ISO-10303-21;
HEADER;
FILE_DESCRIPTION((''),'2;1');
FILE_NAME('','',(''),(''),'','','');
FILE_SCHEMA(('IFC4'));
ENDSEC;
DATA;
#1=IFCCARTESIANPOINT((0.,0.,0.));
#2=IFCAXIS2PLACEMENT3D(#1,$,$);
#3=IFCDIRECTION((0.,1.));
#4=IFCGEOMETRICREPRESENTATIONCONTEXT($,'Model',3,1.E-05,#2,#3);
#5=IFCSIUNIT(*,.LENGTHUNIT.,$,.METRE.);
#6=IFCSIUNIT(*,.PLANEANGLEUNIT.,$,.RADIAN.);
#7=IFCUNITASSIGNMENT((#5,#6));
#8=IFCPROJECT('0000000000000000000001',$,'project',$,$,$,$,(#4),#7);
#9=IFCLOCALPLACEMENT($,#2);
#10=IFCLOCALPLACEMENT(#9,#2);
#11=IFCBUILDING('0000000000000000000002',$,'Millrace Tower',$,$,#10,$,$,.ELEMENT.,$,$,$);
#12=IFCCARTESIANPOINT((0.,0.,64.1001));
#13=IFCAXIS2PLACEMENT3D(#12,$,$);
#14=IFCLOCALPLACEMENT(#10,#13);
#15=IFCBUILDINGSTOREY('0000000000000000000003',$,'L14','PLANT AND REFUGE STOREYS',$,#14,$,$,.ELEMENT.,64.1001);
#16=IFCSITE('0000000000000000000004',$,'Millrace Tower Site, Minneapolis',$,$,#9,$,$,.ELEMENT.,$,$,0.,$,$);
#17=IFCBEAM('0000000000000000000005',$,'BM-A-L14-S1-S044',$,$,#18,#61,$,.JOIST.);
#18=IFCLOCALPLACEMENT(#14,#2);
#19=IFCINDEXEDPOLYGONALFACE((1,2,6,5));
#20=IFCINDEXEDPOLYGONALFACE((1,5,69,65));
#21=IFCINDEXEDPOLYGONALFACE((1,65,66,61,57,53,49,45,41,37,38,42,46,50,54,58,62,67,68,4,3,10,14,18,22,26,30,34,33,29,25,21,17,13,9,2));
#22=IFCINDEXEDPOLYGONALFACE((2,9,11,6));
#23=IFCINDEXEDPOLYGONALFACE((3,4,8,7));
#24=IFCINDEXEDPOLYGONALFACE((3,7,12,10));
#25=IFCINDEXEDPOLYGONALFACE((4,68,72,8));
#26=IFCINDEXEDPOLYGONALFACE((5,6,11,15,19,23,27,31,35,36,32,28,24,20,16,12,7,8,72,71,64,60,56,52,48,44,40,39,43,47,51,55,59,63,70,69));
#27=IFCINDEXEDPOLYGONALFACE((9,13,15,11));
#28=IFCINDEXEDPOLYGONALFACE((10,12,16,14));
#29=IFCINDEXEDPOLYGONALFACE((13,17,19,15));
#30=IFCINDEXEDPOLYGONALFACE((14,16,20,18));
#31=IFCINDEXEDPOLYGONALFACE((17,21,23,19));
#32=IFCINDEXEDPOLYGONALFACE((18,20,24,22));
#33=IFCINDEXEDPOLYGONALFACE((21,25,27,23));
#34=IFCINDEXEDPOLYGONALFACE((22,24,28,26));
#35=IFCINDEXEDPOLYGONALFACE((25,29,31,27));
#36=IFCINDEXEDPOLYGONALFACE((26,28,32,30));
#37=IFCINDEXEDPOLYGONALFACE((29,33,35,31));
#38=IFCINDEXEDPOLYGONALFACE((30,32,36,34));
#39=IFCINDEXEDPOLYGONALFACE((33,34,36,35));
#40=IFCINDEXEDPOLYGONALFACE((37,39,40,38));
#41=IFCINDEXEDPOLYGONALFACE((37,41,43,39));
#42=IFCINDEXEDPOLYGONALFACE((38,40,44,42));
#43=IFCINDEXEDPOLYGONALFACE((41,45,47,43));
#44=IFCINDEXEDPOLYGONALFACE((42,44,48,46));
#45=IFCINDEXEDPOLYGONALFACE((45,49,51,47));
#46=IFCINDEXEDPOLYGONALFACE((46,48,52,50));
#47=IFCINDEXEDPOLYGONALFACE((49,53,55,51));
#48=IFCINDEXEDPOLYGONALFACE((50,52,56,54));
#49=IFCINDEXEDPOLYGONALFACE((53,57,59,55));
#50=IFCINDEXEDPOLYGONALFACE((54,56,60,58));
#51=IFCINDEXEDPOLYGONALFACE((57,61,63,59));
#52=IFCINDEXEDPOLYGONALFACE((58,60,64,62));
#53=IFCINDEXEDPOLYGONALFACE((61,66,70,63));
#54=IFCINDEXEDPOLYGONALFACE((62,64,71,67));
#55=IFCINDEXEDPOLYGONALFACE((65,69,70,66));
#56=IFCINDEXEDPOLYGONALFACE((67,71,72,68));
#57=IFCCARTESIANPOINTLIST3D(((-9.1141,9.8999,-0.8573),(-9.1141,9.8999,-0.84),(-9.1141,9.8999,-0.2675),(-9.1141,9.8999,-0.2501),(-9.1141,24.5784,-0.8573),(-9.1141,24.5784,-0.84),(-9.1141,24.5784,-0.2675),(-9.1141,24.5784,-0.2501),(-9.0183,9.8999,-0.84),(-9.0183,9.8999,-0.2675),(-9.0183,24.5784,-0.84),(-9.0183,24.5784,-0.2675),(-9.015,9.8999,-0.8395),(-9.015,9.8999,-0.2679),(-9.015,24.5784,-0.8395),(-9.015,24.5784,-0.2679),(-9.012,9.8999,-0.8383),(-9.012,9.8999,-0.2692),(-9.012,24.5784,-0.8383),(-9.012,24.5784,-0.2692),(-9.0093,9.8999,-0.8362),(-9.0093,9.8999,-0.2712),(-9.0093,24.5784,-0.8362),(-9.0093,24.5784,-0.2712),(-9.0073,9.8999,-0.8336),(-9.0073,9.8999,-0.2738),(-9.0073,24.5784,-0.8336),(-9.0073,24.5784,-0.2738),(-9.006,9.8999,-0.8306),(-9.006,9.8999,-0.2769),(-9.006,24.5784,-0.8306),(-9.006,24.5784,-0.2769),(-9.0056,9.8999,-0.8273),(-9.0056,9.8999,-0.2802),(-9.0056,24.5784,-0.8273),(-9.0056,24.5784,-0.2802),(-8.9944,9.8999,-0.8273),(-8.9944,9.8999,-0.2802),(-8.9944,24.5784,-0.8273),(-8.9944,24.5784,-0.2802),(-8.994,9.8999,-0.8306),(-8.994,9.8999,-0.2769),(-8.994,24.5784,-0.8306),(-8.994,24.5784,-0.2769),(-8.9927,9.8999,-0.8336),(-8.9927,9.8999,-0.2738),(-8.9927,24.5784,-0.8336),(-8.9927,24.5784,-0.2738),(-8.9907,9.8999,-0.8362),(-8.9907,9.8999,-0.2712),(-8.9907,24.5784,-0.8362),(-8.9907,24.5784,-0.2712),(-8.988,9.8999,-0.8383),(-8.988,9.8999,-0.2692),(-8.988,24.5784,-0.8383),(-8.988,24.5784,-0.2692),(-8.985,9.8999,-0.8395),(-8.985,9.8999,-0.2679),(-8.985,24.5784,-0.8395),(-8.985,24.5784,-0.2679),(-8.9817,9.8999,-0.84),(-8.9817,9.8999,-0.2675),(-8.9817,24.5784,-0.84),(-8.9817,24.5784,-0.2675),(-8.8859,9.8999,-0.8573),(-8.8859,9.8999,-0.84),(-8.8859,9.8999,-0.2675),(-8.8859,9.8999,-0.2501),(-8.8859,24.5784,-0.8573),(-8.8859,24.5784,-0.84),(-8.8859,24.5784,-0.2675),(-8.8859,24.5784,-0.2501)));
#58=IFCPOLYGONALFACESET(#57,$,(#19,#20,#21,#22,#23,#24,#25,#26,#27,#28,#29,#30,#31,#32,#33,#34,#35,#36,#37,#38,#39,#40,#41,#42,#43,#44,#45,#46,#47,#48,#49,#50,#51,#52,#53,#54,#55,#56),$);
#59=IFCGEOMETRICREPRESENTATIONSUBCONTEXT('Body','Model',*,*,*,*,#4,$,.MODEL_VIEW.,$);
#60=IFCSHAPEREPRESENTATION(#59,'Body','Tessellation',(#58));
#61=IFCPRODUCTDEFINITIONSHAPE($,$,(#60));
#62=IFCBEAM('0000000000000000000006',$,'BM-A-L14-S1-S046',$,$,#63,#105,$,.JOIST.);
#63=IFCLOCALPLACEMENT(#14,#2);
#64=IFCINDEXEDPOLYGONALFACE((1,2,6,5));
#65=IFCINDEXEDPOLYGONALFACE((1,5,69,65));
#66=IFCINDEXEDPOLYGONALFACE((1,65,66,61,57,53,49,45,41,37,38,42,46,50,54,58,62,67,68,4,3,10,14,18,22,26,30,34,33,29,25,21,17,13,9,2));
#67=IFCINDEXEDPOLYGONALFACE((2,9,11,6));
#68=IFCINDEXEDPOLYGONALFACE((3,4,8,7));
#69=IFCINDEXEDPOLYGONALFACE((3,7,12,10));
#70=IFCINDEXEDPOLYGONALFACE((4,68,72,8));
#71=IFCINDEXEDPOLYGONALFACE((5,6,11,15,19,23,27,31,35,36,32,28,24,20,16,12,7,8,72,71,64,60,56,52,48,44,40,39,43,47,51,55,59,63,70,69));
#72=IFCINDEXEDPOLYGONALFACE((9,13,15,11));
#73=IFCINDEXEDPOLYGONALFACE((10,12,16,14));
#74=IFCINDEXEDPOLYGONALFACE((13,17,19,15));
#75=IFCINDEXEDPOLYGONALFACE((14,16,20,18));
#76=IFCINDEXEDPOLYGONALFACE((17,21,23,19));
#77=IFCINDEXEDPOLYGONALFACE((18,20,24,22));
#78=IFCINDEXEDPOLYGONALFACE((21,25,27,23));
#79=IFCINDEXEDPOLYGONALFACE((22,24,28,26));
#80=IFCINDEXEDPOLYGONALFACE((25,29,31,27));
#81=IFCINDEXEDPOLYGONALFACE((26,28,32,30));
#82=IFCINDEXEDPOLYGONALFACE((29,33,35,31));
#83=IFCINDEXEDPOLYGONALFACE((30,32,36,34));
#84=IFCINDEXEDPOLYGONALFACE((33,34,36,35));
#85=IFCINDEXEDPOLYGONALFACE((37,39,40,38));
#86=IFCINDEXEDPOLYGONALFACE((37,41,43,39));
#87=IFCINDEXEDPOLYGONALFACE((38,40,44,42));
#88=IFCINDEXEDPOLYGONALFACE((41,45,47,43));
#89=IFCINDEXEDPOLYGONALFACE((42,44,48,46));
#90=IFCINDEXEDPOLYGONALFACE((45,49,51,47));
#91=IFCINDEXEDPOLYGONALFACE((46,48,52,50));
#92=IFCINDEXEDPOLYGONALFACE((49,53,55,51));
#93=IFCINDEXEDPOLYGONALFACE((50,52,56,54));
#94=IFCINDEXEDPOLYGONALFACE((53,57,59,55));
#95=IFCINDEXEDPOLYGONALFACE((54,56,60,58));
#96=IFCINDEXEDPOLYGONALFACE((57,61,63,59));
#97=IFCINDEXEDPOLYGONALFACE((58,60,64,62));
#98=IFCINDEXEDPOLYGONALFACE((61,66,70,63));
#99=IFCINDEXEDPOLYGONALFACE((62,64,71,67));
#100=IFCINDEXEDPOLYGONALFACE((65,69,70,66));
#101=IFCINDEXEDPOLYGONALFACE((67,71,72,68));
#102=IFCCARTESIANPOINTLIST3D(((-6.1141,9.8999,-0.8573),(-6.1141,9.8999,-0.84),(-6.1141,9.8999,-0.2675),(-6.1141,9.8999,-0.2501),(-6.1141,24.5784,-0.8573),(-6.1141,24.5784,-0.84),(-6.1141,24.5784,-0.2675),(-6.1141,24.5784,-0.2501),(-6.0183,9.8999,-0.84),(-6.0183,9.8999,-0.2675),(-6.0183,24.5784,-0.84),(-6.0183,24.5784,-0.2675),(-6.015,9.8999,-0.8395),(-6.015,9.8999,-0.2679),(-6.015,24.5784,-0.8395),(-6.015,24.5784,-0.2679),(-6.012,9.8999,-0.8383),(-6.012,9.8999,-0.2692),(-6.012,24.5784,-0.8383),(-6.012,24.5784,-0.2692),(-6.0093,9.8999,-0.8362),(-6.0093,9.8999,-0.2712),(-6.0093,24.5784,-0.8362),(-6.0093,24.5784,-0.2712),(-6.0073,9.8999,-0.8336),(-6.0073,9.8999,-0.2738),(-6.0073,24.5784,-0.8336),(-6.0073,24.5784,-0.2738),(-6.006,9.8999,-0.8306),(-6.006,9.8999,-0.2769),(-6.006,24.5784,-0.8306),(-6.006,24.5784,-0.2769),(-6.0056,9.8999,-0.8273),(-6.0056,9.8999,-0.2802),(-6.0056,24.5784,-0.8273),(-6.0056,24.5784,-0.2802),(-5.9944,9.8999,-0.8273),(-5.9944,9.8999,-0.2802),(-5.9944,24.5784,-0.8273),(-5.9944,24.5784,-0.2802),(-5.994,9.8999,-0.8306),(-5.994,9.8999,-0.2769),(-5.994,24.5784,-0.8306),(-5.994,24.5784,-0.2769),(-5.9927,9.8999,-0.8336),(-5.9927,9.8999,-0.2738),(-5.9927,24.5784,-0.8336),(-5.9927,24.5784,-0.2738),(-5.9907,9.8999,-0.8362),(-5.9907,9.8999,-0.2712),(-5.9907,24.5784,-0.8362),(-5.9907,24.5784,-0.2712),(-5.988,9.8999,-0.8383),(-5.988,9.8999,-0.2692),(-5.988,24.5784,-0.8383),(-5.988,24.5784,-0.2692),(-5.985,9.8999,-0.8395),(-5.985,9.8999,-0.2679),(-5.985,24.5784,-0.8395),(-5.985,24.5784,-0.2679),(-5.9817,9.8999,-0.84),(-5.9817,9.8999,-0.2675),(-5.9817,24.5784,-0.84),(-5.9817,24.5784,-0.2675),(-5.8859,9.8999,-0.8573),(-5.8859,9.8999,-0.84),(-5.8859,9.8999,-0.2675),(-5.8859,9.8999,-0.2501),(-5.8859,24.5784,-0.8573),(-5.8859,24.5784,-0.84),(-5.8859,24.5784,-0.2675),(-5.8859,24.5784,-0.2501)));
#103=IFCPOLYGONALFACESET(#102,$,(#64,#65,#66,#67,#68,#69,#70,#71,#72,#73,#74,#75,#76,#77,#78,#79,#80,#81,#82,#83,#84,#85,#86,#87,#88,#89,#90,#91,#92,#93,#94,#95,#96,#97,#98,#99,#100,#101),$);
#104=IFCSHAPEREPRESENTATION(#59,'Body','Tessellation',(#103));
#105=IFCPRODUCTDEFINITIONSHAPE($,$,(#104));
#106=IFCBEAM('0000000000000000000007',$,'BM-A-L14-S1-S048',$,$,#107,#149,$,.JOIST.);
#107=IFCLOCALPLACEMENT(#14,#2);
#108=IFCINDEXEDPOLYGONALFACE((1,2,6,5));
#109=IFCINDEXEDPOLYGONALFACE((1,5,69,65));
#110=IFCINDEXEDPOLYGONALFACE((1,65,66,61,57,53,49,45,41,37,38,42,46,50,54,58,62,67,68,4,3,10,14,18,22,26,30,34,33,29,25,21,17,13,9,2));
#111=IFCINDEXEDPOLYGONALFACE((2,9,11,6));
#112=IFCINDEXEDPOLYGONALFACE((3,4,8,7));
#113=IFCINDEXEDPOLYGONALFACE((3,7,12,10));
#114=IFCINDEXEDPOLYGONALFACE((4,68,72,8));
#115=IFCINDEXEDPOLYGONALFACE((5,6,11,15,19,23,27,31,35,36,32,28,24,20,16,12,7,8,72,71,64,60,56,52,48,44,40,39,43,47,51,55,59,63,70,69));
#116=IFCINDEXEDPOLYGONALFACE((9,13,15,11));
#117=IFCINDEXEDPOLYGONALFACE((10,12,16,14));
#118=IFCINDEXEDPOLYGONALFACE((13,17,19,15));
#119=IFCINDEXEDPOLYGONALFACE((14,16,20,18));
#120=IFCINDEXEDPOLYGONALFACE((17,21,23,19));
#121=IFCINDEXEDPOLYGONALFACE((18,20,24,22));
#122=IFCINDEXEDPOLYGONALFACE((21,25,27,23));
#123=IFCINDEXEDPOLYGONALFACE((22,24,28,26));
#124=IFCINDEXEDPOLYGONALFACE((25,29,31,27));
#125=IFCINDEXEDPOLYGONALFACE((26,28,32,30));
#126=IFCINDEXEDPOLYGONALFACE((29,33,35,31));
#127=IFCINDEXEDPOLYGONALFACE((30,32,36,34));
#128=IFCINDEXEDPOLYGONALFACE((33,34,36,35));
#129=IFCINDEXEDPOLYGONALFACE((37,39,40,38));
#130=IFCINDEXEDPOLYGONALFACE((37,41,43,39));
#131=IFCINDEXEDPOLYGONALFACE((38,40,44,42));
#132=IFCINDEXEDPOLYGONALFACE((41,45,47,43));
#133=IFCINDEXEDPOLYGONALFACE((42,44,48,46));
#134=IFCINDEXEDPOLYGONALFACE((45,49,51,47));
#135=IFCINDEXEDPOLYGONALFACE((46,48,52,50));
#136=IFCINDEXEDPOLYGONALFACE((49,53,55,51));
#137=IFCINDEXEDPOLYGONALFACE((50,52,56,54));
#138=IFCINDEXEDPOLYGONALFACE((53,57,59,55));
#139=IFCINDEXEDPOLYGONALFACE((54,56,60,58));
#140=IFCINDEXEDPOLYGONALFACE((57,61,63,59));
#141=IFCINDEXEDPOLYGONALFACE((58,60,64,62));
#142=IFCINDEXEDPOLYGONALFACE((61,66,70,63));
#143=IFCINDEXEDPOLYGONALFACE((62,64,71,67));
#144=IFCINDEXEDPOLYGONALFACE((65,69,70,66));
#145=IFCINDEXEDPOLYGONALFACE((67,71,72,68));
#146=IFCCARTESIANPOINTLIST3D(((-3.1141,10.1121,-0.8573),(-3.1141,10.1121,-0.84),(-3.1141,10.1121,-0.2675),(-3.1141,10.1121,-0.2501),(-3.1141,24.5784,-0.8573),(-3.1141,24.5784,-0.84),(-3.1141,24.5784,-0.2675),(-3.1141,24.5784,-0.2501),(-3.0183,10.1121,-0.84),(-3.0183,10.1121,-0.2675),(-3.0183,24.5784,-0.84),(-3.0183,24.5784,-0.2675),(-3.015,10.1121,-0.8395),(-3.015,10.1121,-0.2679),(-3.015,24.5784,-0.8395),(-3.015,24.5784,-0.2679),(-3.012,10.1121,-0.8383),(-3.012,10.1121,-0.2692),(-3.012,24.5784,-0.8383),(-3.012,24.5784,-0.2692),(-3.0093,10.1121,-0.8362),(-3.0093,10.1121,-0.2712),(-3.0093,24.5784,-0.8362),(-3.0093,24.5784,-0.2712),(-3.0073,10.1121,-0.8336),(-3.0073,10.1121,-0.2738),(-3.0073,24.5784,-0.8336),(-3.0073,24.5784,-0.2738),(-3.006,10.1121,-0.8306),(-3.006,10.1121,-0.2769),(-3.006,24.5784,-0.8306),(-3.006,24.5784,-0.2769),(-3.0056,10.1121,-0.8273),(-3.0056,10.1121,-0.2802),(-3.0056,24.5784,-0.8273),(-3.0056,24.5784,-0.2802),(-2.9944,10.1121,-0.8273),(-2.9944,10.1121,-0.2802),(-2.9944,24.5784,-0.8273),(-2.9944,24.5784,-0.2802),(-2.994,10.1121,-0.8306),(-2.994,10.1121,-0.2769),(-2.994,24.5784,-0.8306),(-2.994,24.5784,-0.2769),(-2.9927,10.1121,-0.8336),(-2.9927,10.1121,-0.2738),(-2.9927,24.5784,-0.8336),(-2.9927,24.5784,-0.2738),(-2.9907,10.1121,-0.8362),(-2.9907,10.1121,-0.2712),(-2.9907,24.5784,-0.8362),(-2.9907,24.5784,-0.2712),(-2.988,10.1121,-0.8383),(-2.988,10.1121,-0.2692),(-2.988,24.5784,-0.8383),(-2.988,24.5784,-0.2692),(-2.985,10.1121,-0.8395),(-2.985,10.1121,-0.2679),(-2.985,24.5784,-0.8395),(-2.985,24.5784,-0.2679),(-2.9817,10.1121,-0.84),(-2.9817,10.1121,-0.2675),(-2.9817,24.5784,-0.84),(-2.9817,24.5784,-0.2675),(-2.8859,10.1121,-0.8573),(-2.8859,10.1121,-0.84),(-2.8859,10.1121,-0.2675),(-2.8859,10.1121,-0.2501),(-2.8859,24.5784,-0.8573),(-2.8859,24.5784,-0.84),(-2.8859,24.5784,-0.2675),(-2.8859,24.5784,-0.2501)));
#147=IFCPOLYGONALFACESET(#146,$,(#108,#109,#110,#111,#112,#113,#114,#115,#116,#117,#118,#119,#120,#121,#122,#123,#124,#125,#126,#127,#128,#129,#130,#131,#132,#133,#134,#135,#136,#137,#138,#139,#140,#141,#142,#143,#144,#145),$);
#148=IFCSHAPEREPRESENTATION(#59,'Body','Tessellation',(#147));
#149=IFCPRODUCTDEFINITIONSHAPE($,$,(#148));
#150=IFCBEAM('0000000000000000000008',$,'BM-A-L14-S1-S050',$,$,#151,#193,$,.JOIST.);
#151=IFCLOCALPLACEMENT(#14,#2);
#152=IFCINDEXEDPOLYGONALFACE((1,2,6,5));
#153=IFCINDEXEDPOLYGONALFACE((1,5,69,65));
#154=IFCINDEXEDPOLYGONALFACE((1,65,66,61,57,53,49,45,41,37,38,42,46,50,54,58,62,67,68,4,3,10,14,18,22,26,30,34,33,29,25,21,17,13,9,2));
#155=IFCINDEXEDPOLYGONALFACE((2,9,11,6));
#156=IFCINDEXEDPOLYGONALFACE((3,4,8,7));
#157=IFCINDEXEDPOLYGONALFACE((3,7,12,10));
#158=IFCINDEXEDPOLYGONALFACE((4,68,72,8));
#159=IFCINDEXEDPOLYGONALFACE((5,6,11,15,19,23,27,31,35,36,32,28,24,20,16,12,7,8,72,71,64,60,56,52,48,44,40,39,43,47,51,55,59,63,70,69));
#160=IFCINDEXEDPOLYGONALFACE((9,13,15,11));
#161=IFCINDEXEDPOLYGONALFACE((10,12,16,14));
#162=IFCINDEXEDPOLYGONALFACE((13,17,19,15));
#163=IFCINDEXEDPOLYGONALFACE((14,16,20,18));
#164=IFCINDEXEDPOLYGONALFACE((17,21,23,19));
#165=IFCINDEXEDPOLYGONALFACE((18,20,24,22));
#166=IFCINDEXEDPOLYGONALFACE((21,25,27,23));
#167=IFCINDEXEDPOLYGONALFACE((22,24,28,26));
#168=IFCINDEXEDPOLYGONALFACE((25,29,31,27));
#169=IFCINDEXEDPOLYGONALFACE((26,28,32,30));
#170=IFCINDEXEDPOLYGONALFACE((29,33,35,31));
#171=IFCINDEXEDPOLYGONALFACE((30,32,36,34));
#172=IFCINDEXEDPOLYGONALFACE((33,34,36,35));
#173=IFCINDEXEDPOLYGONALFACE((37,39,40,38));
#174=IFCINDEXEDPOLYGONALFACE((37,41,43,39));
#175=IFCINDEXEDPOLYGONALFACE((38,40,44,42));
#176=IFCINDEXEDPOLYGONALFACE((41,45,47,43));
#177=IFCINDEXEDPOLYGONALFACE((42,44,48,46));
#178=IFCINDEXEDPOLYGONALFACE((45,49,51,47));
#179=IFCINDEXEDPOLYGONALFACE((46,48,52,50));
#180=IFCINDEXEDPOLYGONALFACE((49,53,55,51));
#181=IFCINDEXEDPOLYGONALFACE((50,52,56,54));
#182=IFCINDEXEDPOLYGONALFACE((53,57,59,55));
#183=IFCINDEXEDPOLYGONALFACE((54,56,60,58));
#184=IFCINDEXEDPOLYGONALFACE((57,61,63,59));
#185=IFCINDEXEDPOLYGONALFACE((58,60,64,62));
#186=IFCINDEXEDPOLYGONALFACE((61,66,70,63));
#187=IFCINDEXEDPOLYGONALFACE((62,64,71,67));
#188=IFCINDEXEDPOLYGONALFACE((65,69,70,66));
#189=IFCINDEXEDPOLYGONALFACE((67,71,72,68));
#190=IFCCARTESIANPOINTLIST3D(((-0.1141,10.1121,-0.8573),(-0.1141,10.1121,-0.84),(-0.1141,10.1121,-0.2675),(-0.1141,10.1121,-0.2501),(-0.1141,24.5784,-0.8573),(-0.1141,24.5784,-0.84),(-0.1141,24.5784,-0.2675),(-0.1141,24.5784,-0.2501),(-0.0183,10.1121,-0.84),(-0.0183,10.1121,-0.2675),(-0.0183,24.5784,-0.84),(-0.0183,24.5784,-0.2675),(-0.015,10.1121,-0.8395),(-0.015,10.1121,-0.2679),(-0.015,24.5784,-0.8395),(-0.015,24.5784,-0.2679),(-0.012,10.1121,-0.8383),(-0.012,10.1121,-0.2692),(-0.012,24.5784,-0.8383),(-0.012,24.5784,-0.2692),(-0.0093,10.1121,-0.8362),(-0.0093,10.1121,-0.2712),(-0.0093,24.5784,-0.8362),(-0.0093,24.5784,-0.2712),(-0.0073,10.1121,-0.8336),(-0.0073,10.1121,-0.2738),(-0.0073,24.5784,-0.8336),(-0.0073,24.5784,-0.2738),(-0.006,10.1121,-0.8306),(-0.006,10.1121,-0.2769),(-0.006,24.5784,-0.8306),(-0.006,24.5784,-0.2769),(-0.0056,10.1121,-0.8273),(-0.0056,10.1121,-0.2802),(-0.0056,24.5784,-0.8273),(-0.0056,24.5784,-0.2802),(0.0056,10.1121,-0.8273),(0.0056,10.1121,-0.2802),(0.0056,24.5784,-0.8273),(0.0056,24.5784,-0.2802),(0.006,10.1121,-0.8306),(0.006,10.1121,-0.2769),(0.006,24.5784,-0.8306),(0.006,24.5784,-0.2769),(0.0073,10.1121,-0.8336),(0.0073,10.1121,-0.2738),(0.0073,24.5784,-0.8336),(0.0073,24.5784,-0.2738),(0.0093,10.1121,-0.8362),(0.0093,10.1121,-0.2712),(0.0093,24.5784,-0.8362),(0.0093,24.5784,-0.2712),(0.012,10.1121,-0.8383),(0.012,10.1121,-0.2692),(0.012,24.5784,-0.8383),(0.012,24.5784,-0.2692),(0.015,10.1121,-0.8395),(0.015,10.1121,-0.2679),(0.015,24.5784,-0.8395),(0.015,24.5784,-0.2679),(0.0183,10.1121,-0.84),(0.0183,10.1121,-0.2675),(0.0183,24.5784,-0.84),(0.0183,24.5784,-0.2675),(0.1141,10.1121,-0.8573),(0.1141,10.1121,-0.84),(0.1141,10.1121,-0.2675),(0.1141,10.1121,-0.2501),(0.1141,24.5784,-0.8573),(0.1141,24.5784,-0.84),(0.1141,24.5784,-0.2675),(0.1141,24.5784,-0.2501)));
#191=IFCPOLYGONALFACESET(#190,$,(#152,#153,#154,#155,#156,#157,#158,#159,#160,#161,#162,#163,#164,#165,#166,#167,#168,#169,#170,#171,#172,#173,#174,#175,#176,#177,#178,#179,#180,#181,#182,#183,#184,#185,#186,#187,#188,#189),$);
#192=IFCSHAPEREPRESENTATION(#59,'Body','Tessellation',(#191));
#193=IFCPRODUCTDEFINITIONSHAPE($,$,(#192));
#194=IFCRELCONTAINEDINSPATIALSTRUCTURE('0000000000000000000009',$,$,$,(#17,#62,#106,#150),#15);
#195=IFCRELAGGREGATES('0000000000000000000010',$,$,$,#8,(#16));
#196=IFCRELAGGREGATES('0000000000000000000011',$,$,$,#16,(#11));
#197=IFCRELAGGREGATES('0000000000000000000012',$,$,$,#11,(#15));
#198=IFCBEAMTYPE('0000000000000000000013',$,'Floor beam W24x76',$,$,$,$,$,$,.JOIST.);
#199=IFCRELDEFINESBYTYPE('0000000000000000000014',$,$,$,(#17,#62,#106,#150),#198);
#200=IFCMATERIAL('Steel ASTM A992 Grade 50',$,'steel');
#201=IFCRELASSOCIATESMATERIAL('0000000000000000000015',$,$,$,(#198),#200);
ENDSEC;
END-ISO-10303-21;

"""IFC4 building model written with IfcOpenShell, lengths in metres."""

from ifc_helpers import new_model, si_unit, direction, frame, origin, origin_2d, place, context, subcontext, project, spatial, i_section, extrude, material, material_profile, profile_set, type_object, element, save


model = new_model("IFC4")

# Units and contexts
model_context = context("Model", 3, precision=1e-05, world=origin(), true_north=direction((0.0, 1.0)))
body_context = subcontext(model_context, "Body", "Model", "MODEL_VIEW")
ifc_project = project(units=[si_unit("LENGTHUNIT", "METRE"), si_unit("PLANEANGLEUNIT", "RADIAN")], contexts=[model_context])

# Site, building, storey
site_placement = place(None, origin())
site = spatial("IfcSite", under=ifc_project, at=site_placement, Name="Millrace Tower Site, Minneapolis", CompositionType="ELEMENT", RefElevation=0.0)
building_placement = place(site_placement, origin())
building = spatial("IfcBuilding", under=site, at=building_placement, Name="Millrace Tower", CompositionType="ELEMENT")
storey_placement = place(building_placement, frame((0.0, 0.0, 64.1001)))
storey = spatial("IfcBuildingStorey", under=building, at=storey_placement, Name="L14", Description="PLANT AND REFUGE STOREYS", CompositionType="ELEMENT", Elevation=64.1001)

# Beams
ifc_material_1 = material(Name="Steel ASTM A992 Grade 50", Category="steel")
ifc_material_profile_1 = material_profile(ifc_material_1, i_section(OverallWidth=0.2283, OverallDepth=0.6072, WebThickness=0.0112, FlangeThickness=0.0173, FilletRadius=0.0127, at=origin_2d()))
ifc_profile_set_1 = profile_set([ifc_material_profile_1], Name="Steel ASTM A992 Grade 50")
beam_type_1 = type_object("IfcBeamType", Name="Floor beam W24x76", PredefinedType="JOIST", material=ifc_profile_set_1)
for number, where, z_axis, x_axis, name in (
    (1, (-9.0, 9.8999, -0.5537), (0.0, 1.0, 0.0), (-1.0, 0.0, 0.0), "BM-A-L14-S1-S044"),
    (2, (-6.0, 9.8999, -0.5537), (0.0, 1.0, 0.0), (-1.0, 0.0, 0.0), "BM-A-L14-S1-S046"),
):
    element("IfcBeam", number, at=place(storey_placement, frame(where, z_axis=z_axis, x_axis=x_axis)), inside=storey, type_object=beam_type_1, Name=name, PredefinedType="JOIST", context=body_context, shape_type="SweptSolid", body=[
        extrude(i_section(OverallWidth=0.2283, OverallDepth=0.6072, WebThickness=0.0112, FlangeThickness=0.0173, FilletRadius=0.0127, at=origin_2d()), origin(), (0.0, 0.0, 1.0), 14.6785),
    ])
for number, where, z_axis, x_axis, name in (
    (3, (-3.0, 10.1121, -0.5537), (0.0, 1.0, 0.0), (-1.0, 0.0, 0.0), "BM-A-L14-S1-S048"),
    (4, (0.0, 10.1121, -0.5537), (0.0, 1.0, 0.0), (-1.0, 0.0, 0.0), "BM-A-L14-S1-S050"),
):
    element("IfcBeam", number, at=place(storey_placement, frame(where, z_axis=z_axis, x_axis=x_axis)), inside=storey, type_object=beam_type_1, Name=name, PredefinedType="JOIST", context=body_context, shape_type="SweptSolid", body=[
        extrude(i_section(OverallWidth=0.2283, OverallDepth=0.6072, WebThickness=0.0112, FlangeThickness=0.0173, FilletRadius=0.0127, at=origin_2d()), origin(), (0.0, 0.0, 1.0), 14.4663),
    ])

save(model, "model.ifc")
